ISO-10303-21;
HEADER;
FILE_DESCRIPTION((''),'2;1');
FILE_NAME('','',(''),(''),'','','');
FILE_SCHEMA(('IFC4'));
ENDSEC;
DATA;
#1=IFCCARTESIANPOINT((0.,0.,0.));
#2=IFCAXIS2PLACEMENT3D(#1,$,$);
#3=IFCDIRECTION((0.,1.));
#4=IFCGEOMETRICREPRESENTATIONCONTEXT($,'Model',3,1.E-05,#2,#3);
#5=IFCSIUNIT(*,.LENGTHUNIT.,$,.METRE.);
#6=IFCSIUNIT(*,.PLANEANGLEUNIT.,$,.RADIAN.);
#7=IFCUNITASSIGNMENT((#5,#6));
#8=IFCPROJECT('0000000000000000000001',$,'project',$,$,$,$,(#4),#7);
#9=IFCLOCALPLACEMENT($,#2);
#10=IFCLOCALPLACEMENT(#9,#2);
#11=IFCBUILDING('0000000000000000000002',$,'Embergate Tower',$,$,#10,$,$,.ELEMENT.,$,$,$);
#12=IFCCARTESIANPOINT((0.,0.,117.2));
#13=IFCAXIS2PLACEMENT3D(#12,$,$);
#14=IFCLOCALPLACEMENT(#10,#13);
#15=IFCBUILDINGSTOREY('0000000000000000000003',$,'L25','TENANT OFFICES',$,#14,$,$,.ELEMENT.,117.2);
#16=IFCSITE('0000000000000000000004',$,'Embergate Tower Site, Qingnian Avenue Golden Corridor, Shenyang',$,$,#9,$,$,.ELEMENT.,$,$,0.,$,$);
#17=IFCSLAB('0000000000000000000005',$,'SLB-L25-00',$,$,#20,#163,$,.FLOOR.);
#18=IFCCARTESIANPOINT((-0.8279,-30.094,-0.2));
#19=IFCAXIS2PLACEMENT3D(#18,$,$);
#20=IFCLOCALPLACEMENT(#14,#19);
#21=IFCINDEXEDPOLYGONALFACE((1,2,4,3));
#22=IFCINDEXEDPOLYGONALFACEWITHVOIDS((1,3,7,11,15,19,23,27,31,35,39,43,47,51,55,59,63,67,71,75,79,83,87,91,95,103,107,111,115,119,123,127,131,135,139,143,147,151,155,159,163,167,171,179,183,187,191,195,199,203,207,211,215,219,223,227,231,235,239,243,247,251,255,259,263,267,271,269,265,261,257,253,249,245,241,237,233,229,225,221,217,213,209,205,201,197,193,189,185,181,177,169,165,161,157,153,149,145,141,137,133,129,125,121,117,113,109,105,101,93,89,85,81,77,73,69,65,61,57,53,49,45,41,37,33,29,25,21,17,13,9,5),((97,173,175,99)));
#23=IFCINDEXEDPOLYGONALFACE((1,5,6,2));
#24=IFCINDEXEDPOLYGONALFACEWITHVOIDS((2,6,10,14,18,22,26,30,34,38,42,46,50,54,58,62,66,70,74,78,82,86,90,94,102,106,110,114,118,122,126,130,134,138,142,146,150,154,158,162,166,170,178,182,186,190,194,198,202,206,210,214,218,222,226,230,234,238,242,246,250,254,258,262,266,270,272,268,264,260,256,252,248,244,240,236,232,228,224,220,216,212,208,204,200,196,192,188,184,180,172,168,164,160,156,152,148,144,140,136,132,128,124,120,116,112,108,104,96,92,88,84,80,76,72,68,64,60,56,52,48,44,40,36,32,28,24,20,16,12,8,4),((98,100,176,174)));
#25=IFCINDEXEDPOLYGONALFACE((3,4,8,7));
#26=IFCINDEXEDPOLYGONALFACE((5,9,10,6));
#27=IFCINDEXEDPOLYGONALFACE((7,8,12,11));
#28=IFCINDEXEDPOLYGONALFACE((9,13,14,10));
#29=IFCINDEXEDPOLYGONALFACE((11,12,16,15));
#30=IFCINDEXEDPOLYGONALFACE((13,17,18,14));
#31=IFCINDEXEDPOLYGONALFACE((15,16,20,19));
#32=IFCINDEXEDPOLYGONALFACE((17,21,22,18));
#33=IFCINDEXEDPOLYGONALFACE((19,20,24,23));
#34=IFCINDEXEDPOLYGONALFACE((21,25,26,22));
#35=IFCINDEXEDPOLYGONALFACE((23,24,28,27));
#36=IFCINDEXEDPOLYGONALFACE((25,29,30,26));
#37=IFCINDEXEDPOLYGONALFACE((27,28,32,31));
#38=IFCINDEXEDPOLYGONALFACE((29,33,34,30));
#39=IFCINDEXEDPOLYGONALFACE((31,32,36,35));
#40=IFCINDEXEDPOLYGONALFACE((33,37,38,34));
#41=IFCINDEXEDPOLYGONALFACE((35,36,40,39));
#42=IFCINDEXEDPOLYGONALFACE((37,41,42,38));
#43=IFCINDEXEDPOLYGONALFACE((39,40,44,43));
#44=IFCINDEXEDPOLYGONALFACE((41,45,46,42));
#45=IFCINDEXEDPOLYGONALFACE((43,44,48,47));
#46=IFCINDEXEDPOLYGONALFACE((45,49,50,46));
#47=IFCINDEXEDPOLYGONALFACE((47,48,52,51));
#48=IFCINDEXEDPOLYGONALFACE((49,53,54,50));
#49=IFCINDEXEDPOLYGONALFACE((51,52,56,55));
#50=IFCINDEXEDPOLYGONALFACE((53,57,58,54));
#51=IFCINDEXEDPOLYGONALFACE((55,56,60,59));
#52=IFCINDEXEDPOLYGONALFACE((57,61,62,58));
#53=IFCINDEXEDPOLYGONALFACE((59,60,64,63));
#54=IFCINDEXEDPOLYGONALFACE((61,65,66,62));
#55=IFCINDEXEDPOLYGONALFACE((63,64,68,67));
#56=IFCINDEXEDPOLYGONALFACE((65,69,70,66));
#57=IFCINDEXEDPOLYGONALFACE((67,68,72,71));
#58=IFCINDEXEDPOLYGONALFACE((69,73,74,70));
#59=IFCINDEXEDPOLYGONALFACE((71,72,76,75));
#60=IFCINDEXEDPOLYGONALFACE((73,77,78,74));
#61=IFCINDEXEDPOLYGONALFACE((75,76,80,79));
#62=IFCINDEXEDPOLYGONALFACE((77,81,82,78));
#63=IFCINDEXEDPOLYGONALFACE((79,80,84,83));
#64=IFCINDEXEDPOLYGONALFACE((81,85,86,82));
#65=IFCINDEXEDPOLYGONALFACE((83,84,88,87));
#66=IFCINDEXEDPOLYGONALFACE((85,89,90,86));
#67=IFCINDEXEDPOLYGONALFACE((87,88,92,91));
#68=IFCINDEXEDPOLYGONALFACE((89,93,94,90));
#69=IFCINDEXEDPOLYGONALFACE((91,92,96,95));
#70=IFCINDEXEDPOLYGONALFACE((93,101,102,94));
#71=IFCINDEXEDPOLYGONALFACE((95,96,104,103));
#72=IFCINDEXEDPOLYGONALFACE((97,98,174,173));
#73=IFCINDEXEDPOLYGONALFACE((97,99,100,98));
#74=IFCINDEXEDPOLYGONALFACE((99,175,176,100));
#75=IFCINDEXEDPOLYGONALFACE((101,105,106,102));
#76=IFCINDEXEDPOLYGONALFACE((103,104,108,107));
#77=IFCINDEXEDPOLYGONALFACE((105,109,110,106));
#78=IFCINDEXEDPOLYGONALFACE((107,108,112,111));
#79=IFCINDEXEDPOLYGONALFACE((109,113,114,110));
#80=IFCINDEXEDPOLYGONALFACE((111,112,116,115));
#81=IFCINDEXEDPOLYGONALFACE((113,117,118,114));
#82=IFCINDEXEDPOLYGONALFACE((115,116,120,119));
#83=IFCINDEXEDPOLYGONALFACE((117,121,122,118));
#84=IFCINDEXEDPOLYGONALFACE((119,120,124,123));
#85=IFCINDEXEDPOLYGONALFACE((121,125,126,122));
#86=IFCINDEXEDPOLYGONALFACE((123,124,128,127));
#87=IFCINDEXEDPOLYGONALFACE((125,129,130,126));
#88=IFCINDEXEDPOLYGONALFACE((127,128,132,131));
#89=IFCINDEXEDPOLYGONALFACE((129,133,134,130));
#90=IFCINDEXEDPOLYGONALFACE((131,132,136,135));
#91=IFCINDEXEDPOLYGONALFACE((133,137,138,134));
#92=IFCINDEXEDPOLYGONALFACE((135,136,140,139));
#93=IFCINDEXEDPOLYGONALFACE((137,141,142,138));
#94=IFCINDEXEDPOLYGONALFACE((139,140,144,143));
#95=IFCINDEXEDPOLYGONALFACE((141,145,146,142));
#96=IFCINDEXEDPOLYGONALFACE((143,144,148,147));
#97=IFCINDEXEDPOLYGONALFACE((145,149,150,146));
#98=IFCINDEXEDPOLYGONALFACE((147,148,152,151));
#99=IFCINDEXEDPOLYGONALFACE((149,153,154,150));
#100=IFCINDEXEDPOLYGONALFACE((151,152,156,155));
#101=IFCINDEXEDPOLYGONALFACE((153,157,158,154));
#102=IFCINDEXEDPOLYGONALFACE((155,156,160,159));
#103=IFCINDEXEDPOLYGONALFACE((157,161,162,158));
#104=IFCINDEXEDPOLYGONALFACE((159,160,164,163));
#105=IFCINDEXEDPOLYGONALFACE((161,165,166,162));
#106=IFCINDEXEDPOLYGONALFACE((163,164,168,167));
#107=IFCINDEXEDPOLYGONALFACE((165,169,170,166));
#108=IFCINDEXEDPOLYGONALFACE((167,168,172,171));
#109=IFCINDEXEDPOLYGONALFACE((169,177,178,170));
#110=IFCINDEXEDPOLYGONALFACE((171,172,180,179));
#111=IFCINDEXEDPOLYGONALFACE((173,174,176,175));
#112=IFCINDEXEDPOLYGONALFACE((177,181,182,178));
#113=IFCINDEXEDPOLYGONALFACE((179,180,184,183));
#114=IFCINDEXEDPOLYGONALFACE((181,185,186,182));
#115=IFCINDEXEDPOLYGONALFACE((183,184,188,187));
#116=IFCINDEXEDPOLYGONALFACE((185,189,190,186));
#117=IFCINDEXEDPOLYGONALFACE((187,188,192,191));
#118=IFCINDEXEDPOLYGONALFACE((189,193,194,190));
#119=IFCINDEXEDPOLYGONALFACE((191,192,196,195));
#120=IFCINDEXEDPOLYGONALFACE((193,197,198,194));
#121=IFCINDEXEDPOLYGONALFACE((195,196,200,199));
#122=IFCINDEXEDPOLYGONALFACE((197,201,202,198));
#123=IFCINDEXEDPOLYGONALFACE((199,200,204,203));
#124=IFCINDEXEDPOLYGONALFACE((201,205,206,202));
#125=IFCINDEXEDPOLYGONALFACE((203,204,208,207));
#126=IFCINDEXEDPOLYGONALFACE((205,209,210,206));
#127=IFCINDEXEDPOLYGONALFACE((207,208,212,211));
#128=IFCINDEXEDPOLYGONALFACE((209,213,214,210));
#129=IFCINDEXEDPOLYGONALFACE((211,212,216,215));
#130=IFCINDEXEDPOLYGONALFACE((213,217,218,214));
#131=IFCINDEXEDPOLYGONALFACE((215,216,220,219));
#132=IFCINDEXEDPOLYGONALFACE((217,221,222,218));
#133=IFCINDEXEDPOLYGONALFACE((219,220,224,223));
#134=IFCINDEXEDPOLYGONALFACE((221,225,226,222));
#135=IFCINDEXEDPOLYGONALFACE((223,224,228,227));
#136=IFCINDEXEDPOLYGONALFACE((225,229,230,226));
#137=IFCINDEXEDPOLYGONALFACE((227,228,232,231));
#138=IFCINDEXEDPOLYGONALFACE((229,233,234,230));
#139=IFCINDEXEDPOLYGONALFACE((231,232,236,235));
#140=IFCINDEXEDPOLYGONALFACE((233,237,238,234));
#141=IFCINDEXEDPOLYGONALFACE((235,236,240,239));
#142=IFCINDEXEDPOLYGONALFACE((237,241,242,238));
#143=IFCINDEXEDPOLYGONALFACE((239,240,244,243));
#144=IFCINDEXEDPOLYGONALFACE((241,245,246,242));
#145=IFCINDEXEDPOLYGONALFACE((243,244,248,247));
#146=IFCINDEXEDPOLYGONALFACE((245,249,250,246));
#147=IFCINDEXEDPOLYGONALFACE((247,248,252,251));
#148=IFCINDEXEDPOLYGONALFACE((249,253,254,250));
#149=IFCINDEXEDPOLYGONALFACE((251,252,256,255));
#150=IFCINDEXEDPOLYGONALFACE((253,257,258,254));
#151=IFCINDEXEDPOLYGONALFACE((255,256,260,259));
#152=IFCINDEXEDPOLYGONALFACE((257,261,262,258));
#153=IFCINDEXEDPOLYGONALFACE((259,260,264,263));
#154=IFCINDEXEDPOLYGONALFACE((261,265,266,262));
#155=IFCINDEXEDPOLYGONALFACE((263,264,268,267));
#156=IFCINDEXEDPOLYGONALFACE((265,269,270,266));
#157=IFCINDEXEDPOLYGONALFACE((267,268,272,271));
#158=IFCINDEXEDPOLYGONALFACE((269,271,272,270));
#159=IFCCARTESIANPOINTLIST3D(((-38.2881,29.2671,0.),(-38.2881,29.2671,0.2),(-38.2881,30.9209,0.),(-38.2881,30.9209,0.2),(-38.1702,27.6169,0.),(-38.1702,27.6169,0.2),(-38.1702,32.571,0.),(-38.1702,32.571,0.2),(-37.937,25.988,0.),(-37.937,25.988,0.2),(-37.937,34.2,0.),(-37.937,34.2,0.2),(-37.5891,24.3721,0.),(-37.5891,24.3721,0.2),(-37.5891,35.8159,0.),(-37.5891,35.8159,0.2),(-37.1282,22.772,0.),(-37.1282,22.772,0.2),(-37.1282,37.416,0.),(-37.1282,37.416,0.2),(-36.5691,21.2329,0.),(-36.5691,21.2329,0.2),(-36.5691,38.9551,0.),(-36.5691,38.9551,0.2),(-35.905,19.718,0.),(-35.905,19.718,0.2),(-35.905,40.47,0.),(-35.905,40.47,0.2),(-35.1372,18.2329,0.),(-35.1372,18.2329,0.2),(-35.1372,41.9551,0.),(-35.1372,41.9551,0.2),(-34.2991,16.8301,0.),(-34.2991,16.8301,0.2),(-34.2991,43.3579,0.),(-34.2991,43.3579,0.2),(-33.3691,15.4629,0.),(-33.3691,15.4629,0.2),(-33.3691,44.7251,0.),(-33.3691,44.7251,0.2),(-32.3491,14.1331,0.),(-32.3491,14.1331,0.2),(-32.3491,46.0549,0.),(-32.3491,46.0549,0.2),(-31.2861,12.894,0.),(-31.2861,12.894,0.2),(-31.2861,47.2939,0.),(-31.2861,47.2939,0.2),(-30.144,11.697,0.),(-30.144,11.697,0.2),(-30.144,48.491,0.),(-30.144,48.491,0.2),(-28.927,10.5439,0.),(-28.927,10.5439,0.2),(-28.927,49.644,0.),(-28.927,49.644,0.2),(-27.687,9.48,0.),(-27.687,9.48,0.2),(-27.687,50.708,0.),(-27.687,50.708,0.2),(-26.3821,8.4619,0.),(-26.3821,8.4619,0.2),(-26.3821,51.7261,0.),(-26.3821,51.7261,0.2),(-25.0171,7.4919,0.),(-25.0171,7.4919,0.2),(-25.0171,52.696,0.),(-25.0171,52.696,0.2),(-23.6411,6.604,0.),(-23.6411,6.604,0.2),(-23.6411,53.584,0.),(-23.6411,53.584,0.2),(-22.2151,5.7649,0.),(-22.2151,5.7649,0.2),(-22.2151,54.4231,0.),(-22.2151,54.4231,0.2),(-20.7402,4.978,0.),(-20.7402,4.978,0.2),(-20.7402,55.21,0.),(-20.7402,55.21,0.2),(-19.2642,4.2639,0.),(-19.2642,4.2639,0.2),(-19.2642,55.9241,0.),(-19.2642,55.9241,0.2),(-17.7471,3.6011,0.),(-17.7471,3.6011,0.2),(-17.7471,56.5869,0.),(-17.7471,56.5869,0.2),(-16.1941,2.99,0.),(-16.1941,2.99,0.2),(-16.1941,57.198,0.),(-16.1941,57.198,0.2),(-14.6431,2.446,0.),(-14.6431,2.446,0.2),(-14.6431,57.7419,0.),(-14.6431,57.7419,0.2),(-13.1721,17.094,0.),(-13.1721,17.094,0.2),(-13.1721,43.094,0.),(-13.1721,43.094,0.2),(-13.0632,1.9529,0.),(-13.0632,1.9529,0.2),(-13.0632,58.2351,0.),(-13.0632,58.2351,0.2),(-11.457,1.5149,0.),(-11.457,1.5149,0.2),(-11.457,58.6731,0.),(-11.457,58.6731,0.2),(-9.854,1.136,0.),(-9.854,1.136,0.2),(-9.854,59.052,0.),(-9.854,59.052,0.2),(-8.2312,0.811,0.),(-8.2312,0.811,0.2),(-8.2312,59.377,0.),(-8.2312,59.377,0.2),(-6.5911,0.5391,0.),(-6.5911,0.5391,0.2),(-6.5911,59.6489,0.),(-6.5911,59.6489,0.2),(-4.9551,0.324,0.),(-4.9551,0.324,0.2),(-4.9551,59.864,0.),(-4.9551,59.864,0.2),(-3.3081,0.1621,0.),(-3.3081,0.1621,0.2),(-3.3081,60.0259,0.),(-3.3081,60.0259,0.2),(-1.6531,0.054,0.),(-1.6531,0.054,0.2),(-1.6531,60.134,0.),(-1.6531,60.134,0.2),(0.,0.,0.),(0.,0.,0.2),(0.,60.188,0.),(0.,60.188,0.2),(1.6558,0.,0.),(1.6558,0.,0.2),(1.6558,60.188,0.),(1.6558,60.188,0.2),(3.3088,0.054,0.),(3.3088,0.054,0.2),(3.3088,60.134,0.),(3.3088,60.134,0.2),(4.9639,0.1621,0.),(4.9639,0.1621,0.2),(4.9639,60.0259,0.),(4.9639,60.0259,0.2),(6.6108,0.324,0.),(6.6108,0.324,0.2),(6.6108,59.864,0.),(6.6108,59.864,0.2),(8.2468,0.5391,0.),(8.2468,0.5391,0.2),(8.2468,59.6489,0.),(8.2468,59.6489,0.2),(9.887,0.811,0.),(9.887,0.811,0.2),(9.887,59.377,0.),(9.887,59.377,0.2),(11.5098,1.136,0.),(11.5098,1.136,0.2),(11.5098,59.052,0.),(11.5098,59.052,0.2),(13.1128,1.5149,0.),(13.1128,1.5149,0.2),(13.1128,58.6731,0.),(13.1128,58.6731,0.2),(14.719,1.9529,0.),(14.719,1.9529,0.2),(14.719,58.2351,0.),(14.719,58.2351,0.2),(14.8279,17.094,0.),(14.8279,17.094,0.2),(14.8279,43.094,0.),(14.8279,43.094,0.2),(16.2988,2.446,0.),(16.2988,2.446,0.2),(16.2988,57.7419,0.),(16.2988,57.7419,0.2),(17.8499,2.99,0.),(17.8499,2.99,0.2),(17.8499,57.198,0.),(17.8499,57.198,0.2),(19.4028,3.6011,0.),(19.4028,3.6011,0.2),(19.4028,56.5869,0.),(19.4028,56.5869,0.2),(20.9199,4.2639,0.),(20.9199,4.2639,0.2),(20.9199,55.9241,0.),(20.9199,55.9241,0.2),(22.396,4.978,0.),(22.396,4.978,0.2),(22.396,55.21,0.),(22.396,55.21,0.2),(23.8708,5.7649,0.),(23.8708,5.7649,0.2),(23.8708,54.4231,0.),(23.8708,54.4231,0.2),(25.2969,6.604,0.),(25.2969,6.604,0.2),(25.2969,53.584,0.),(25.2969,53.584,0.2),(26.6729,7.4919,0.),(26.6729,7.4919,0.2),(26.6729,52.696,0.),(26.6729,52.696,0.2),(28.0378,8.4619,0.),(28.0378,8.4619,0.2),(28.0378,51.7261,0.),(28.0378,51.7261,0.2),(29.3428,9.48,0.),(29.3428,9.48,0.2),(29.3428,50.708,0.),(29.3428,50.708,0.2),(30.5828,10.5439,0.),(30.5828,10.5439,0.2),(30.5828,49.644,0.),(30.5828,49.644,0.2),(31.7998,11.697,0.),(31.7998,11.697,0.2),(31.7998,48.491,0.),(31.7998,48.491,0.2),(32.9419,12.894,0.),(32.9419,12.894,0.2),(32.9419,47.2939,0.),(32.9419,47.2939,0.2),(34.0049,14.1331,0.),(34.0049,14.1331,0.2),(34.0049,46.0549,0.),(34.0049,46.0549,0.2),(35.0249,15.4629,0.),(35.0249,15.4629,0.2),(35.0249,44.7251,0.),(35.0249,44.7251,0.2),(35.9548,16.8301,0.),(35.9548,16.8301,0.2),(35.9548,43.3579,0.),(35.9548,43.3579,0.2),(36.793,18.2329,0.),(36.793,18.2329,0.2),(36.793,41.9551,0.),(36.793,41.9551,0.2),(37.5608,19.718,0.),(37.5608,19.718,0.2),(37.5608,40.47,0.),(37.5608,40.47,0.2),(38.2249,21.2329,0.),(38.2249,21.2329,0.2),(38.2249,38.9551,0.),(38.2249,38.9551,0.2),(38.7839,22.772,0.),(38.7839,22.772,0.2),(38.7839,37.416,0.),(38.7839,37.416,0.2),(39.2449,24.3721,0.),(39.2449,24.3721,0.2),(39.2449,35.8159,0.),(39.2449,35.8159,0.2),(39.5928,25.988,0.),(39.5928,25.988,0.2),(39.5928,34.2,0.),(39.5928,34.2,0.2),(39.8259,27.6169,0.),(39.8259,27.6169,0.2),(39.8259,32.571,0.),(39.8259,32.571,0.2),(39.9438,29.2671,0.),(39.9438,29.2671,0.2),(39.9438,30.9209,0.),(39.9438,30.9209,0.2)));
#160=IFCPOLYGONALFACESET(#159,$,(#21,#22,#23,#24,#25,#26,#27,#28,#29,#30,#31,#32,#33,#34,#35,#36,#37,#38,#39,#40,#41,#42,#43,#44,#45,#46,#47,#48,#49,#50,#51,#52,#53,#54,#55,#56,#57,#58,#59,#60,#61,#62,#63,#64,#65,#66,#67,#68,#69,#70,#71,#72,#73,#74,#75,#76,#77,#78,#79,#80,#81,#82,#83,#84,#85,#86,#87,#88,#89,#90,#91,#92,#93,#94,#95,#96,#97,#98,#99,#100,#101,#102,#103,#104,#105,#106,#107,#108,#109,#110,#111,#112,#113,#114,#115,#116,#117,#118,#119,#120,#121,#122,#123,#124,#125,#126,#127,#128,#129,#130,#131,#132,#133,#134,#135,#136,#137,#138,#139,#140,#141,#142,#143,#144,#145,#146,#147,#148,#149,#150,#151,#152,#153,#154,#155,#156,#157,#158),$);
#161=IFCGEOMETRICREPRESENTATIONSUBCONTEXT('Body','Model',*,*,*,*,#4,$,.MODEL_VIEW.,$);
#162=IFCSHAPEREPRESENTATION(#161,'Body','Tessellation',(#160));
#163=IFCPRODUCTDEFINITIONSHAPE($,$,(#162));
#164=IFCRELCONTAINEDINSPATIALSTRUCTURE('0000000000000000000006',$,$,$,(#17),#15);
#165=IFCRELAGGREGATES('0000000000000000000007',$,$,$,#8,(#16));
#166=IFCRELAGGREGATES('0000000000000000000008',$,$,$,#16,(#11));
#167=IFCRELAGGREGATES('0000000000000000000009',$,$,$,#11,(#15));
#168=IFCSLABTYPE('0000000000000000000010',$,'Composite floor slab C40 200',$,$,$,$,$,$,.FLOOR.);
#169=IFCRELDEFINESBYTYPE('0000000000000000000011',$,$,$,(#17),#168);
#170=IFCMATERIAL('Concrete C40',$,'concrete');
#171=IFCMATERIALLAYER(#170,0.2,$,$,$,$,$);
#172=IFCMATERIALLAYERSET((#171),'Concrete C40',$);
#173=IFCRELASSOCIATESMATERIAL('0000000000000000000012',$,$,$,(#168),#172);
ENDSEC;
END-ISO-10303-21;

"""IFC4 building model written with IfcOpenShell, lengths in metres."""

from ifc_helpers import new_model, si_unit, direction, frame, origin, place, context, subcontext, project, spatial, polyline, outline, extrude, source, transform, mapped, material, layer, layer_set, type_object, element, save


model = new_model("IFC4")

# Units and contexts
model_context = context("Model", 3, precision=1e-05, world=origin(), true_north=direction((0.0, 1.0)))
body_context = subcontext(model_context, "Body", "Model", "MODEL_VIEW")
ifc_project = project(units=[si_unit("LENGTHUNIT", "METRE"), si_unit("PLANEANGLEUNIT", "RADIAN")], contexts=[model_context])

# Site, building, storey
site_placement = place(None, origin())
site = spatial("IfcSite", under=ifc_project, at=site_placement, Name="Embergate Tower Site, Qingnian Avenue Golden Corridor, Shenyang", CompositionType="ELEMENT", RefElevation=0.0)
building_placement = place(site_placement, origin())
building = spatial("IfcBuilding", under=site, at=building_placement, Name="Embergate Tower", CompositionType="ELEMENT")
storey_placement = place(building_placement, frame((0.0, 0.0, 117.2)))
storey = spatial("IfcBuildingStorey", under=building, at=storey_placement, Name="L25", Description="TENANT OFFICES", CompositionType="ELEMENT", Elevation=117.2)

# Slab
ifc_material_1 = material(Name="Concrete C40", Category="concrete")
ifc_layer_1 = layer(ifc_material_1, 0.2)
ifc_layer_set_1 = layer_set([ifc_layer_1], Name="Concrete C40")
slab_type = type_object("IfcSlabType", Name="Composite floor slab C40 200", PredefinedType="FLOOR", material=ifc_layer_set_1)
shared_shape_1 = source(origin(), body_context, "Body", "SweptSolid", [
    extrude(outline(polyline([(0.0, 0.0), (1.6558, 0.0), (3.3088, 0.054), (4.9639, 0.1621), (6.6108, 0.324), (8.2468, 0.5391), (9.887, 0.811), (11.5098, 1.136), (13.1128, 1.5149), (14.719, 1.9529), (16.2988, 2.446), (17.8499, 2.99), (19.4028, 3.6011), (20.9199, 4.2639), (22.396, 4.978), (23.8708, 5.7649), (25.2969, 6.604), (26.6729, 7.4919), (28.0378, 8.4619), (29.3428, 9.48), (30.5828, 10.5439), (31.7998, 11.697), (32.9419, 12.894), (34.0049, 14.1331), (35.0249, 15.4629), (35.9548, 16.8301), (36.793, 18.2329), (37.5608, 19.718), (38.2249, 21.2329), (38.7839, 22.772), (39.2449, 24.3721), (39.5928, 25.988), (39.8259, 27.6169), (39.9438, 29.2671), (39.9438, 30.9209), (39.8259, 32.571), (39.5928, 34.2), (39.2449, 35.8159), (38.7839, 37.416), (38.2249, 38.9551), (37.5608, 40.47), (36.793, 41.9551), (35.9548, 43.3579), (35.0249, 44.7251), (34.0049, 46.0549), (32.9419, 47.2939), (31.7998, 48.491), (30.5828, 49.644), (29.3428, 50.708), (28.0378, 51.7261), (26.6729, 52.696), (25.2969, 53.584), (23.8708, 54.4231), (22.396, 55.21), (20.9199, 55.9241), (19.4028, 56.5869), (17.8499, 57.198), (16.2988, 57.7419), (14.719, 58.2351), (13.1128, 58.6731), (11.5098, 59.052), (9.887, 59.377), (8.2468, 59.6489), (6.6108, 59.864), (4.9639, 60.0259), (3.3088, 60.134), (1.6558, 60.188), (0.0, 60.188), (-1.6531, 60.134), (-3.3081, 60.0259), (-4.9551, 59.864), (-6.5911, 59.6489), (-8.2312, 59.377), (-9.854, 59.052), (-11.457, 58.6731), (-13.0632, 58.2351), (-14.6431, 57.7419), (-16.1941, 57.198), (-17.7471, 56.5869), (-19.2642, 55.9241), (-20.7402, 55.21), (-22.2151, 54.4231), (-23.6411, 53.584), (-25.0171, 52.696), (-26.3821, 51.7261), (-27.687, 50.708), (-28.927, 49.644), (-30.144, 48.491), (-31.2861, 47.2939), (-32.3491, 46.0549), (-33.3691, 44.7251), (-34.2991, 43.3579), (-35.1372, 41.9551), (-35.905, 40.47), (-36.5691, 38.9551), (-37.1282, 37.416), (-37.5891, 35.8159), (-37.937, 34.2), (-38.1702, 32.571), (-38.2881, 30.9209), (-38.2881, 29.2671), (-38.1702, 27.6169), (-37.937, 25.988), (-37.5891, 24.3721), (-37.1282, 22.772), (-36.5691, 21.2329), (-35.905, 19.718), (-35.1372, 18.2329), (-34.2991, 16.8301), (-33.3691, 15.4629), (-32.3491, 14.1331), (-31.2861, 12.894), (-30.144, 11.697), (-28.927, 10.5439), (-27.687, 9.48), (-26.3821, 8.4619), (-25.0171, 7.4919), (-23.6411, 6.604), (-22.2151, 5.7649), (-20.7402, 4.978), (-19.2642, 4.2639), (-17.7471, 3.6011), (-16.1941, 2.99), (-14.6431, 2.446), (-13.0632, 1.9529), (-11.457, 1.5149), (-9.854, 1.136), (-8.2312, 0.811), (-6.5911, 0.5391), (-4.9551, 0.324), (-3.3081, 0.1621), (-1.6531, 0.054), (0.0, 0.0)]), holes=[polyline([(-13.1721, 17.094), (-13.1721, 43.094), (14.8279, 43.094), (14.8279, 17.094), (-13.1721, 17.094)])]), origin(), (0.0, 0.0, 1.0), 0.2),
])
slab_placement = place(storey_placement, frame((-0.8279, -30.094, -0.2)))
element("IfcSlab", 1, at=slab_placement, inside=storey, type_object=slab_type, Name="SLB-L25-00", PredefinedType="FLOOR", context=body_context, shape_type="MappedRepresentation", body=[
    mapped(shared_shape_1, transform((0.0, 0.0, 0.0))),
])

save(model, "model.ifc")
